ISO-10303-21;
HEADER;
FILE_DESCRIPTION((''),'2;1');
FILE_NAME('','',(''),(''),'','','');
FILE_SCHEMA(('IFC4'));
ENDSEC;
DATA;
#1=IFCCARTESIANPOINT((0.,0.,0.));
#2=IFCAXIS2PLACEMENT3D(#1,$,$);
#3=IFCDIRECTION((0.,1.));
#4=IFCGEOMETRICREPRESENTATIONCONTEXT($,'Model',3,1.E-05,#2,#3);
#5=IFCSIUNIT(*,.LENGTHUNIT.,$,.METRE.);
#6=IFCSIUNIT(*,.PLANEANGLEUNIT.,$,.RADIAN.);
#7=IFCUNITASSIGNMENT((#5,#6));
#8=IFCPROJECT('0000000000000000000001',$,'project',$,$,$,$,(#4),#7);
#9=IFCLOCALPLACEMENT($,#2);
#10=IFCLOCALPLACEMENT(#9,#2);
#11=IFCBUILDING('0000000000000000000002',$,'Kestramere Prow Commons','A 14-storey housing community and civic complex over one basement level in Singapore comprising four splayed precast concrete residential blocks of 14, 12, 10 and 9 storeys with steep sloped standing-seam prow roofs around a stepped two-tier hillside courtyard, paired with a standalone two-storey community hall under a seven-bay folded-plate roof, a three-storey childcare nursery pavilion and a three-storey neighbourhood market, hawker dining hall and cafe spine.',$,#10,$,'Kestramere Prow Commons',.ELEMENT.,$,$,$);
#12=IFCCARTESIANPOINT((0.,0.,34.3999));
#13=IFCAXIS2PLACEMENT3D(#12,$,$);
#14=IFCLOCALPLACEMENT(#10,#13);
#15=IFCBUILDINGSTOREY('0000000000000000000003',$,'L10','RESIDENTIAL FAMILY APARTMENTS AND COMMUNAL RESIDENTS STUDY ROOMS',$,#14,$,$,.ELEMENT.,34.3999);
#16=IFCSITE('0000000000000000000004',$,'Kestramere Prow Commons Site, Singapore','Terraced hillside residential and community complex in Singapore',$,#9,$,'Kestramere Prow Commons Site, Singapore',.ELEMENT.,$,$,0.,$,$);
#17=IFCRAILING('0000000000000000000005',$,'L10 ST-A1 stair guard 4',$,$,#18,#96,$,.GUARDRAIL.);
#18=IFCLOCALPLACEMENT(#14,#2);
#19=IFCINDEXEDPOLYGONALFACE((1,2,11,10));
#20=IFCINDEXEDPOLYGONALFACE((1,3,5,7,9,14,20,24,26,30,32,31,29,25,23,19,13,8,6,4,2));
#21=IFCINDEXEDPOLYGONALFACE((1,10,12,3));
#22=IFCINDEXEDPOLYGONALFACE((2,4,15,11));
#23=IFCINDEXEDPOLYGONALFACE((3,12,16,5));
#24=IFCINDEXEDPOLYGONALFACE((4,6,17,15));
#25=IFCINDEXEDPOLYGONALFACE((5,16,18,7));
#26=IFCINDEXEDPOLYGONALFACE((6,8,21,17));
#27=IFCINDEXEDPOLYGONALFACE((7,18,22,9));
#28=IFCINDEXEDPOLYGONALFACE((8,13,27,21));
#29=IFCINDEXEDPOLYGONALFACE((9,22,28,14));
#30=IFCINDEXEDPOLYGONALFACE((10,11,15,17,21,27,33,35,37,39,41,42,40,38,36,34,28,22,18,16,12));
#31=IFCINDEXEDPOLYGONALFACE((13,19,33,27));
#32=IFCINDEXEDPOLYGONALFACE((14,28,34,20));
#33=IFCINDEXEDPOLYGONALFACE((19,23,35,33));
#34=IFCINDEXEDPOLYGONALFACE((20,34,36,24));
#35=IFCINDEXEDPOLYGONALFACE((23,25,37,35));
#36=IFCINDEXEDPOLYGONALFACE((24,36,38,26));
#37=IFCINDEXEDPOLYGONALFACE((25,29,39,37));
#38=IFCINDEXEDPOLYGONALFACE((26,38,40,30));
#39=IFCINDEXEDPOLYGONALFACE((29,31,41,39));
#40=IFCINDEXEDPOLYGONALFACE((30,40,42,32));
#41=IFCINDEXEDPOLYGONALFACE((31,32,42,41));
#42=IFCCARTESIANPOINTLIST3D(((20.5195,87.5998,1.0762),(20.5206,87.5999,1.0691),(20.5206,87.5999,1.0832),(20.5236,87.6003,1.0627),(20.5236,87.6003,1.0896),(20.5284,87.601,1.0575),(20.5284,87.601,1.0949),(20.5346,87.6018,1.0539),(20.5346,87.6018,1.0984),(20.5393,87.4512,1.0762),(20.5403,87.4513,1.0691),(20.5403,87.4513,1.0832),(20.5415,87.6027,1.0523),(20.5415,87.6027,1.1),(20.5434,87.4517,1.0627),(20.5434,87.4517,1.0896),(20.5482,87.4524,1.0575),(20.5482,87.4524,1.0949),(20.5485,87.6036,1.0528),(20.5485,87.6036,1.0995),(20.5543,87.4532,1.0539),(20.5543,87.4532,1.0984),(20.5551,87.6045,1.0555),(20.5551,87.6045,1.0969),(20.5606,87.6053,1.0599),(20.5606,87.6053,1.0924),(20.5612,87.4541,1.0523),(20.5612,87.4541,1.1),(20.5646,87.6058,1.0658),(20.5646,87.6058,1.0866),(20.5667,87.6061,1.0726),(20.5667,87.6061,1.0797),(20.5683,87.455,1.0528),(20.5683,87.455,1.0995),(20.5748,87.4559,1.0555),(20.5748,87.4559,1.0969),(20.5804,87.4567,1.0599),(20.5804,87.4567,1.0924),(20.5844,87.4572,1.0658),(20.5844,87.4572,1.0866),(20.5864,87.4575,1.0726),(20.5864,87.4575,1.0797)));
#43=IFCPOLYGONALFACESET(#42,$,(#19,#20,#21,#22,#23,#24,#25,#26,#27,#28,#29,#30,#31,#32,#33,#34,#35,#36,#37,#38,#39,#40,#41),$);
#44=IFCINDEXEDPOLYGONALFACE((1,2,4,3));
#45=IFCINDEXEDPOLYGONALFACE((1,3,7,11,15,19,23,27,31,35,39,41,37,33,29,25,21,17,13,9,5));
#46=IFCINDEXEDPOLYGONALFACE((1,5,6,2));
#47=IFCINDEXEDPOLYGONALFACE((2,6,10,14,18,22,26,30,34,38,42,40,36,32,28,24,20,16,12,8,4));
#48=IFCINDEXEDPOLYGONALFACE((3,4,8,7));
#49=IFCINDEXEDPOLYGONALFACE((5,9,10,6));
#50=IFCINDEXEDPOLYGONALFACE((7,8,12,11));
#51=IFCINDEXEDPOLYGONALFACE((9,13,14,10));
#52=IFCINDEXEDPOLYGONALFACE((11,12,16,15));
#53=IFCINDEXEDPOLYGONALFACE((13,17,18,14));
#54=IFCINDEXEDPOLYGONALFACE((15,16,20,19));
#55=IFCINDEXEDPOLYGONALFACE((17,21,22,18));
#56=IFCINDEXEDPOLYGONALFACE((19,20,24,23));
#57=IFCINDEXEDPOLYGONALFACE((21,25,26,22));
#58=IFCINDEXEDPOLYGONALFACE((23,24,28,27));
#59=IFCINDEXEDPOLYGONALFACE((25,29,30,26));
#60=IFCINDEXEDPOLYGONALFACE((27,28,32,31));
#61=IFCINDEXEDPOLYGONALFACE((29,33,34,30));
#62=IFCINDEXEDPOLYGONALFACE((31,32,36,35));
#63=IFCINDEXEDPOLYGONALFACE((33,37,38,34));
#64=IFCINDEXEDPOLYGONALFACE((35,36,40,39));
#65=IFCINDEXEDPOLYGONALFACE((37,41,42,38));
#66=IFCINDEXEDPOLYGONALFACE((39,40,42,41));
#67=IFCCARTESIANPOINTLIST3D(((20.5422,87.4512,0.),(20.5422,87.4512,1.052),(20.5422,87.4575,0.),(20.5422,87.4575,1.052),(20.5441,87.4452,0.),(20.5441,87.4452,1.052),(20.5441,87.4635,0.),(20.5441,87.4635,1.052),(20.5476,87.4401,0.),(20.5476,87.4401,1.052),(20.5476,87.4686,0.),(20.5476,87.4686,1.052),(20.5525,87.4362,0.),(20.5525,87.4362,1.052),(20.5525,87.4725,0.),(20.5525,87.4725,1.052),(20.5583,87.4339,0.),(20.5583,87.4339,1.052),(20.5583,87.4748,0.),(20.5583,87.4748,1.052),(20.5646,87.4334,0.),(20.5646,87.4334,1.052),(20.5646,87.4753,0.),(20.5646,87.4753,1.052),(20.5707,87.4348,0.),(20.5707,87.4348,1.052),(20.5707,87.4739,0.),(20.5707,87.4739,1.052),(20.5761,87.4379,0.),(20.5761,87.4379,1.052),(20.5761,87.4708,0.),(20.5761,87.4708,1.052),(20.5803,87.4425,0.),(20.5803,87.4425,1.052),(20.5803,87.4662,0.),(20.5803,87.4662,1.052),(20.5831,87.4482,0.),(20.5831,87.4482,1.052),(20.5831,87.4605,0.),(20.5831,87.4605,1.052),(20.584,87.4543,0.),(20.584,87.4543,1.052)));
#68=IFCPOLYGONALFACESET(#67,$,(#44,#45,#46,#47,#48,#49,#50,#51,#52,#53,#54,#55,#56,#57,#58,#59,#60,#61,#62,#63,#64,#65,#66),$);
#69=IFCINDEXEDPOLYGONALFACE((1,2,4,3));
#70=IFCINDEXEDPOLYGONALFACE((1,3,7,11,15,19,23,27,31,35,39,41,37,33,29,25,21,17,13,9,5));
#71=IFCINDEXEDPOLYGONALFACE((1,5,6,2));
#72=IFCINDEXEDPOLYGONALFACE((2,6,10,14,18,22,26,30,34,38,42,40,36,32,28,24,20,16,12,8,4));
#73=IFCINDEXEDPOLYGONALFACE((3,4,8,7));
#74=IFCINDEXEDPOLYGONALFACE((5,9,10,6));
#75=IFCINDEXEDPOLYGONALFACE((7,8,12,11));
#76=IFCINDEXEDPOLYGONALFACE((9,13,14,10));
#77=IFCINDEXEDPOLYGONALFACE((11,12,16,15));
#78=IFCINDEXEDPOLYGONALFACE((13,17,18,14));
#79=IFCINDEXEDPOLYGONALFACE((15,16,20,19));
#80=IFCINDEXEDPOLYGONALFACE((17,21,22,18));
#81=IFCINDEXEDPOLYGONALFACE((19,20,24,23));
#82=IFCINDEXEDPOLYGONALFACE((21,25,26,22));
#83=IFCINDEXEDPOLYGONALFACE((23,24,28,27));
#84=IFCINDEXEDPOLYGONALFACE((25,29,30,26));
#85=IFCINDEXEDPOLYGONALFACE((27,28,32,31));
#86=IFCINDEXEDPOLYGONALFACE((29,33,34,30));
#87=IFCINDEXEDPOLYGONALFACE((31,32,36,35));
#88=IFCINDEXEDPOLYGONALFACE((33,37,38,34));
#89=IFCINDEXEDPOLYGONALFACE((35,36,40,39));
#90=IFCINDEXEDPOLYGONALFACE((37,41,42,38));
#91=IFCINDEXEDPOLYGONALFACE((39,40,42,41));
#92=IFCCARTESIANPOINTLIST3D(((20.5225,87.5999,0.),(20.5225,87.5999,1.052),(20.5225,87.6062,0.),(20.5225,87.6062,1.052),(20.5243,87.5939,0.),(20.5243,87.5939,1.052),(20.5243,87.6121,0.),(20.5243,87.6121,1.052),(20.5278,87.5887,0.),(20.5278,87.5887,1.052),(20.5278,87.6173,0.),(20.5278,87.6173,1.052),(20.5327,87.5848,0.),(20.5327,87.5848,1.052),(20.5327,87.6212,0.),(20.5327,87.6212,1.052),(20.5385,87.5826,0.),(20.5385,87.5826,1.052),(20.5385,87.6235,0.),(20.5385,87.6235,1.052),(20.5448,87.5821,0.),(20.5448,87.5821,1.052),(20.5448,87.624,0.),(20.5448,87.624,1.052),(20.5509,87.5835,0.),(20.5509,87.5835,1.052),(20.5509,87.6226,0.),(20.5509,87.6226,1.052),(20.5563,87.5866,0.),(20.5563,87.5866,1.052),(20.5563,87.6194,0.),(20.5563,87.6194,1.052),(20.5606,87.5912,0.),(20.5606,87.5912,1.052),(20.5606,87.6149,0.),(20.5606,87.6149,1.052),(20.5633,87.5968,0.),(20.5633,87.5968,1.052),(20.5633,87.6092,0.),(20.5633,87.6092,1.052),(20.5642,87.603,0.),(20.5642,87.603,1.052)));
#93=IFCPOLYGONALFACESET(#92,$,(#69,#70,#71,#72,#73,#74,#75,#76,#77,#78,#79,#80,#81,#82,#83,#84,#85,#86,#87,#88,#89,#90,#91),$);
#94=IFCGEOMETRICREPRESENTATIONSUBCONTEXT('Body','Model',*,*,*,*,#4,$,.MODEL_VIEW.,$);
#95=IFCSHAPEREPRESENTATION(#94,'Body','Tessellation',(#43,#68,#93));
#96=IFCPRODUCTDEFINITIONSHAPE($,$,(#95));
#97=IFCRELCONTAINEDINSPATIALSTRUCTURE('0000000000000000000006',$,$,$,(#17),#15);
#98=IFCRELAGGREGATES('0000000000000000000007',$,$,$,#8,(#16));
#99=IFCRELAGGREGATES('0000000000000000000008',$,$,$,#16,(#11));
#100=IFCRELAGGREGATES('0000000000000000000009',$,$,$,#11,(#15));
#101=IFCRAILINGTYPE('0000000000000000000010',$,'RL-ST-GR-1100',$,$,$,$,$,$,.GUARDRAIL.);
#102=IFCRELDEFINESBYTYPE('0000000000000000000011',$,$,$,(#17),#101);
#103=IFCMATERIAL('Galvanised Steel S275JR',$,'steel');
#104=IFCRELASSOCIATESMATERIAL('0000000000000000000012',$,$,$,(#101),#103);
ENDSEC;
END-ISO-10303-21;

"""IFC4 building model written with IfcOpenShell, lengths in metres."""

from ifc_helpers import new_model, si_unit, direction, frame, origin, origin_2d, place, context, subcontext, project, spatial, circle, extrude, material, type_object, element, save


model = new_model("IFC4")

# Units and contexts
model_context = context("Model", 3, precision=1e-05, world=origin(), true_north=direction((0.0, 1.0)))
body_context = subcontext(model_context, "Body", "Model", "MODEL_VIEW")
ifc_project = project(units=[si_unit("LENGTHUNIT", "METRE"), si_unit("PLANEANGLEUNIT", "RADIAN")], contexts=[model_context])

# Site, building, storey
site_placement = place(None, origin())
site = spatial("IfcSite", under=ifc_project, at=site_placement, Name="Kestramere Prow Commons Site, Singapore", Description="Terraced hillside residential and community complex in Singapore", LongName="Kestramere Prow Commons Site, Singapore", CompositionType="ELEMENT", RefElevation=0.0)
building_placement = place(site_placement, origin())
building = spatial("IfcBuilding", under=site, at=building_placement, Name="Kestramere Prow Commons", Description="A 14-storey housing community and civic complex over one basement level in Singapore comprising four splayed precast concrete residential blocks of 14, 12, 10 and 9 storeys with steep sloped standing-seam prow roofs around a stepped two-tier hillside courtyard, paired with a standalone two-storey community hall under a seven-bay folded-plate roof, a three-storey childcare nursery pavilion and a three-storey neighbourhood market, hawker dining hall and cafe spine.", LongName="Kestramere Prow Commons", CompositionType="ELEMENT")
storey_placement = place(building_placement, frame((0.0, 0.0, 34.3999)))
storey = spatial("IfcBuildingStorey", under=building, at=storey_placement, Name="L10", Description="RESIDENTIAL FAMILY APARTMENTS AND COMMUNAL RESIDENTS STUDY ROOMS", CompositionType="ELEMENT", Elevation=34.3999)

# Railing
ifc_material_1 = material(Name="Galvanised Steel S275JR", Category="steel")
railing_type_1 = type_object("IfcRailingType", Name="RL-ST-GR-1100", PredefinedType="GUARDRAIL", material=ifc_material_1)
railing_1_placement = place(storey_placement, frame((20.563, 87.4543, 0.0)))
element("IfcRailing", 1, at=railing_1_placement, inside=storey, type_object=railing_type_1, Name="L10 ST-A1 stair guard 4", PredefinedType="GUARDRAIL", context=body_context, shape_type="SweptSolid", body=[
    extrude(circle(Radius=0.0239, at=origin_2d()), frame((0.0, 0.0, 1.0762), z_axis=(-0.131844, 0.99127, 0.0), x_axis=(-0.99127, -0.131844, 0.0)), (0.0, 0.0, 1.0), 0.1499),
    extrude(circle(Radius=0.021, at=origin_2d()), origin(), (0.0, 0.0, 1.0), 1.052),
    extrude(circle(Radius=0.021, at=origin_2d()), frame((-0.0198, 0.1487, 0.0)), (0.0, 0.0, 1.0), 1.052),
])

save(model, "model.ifc")
